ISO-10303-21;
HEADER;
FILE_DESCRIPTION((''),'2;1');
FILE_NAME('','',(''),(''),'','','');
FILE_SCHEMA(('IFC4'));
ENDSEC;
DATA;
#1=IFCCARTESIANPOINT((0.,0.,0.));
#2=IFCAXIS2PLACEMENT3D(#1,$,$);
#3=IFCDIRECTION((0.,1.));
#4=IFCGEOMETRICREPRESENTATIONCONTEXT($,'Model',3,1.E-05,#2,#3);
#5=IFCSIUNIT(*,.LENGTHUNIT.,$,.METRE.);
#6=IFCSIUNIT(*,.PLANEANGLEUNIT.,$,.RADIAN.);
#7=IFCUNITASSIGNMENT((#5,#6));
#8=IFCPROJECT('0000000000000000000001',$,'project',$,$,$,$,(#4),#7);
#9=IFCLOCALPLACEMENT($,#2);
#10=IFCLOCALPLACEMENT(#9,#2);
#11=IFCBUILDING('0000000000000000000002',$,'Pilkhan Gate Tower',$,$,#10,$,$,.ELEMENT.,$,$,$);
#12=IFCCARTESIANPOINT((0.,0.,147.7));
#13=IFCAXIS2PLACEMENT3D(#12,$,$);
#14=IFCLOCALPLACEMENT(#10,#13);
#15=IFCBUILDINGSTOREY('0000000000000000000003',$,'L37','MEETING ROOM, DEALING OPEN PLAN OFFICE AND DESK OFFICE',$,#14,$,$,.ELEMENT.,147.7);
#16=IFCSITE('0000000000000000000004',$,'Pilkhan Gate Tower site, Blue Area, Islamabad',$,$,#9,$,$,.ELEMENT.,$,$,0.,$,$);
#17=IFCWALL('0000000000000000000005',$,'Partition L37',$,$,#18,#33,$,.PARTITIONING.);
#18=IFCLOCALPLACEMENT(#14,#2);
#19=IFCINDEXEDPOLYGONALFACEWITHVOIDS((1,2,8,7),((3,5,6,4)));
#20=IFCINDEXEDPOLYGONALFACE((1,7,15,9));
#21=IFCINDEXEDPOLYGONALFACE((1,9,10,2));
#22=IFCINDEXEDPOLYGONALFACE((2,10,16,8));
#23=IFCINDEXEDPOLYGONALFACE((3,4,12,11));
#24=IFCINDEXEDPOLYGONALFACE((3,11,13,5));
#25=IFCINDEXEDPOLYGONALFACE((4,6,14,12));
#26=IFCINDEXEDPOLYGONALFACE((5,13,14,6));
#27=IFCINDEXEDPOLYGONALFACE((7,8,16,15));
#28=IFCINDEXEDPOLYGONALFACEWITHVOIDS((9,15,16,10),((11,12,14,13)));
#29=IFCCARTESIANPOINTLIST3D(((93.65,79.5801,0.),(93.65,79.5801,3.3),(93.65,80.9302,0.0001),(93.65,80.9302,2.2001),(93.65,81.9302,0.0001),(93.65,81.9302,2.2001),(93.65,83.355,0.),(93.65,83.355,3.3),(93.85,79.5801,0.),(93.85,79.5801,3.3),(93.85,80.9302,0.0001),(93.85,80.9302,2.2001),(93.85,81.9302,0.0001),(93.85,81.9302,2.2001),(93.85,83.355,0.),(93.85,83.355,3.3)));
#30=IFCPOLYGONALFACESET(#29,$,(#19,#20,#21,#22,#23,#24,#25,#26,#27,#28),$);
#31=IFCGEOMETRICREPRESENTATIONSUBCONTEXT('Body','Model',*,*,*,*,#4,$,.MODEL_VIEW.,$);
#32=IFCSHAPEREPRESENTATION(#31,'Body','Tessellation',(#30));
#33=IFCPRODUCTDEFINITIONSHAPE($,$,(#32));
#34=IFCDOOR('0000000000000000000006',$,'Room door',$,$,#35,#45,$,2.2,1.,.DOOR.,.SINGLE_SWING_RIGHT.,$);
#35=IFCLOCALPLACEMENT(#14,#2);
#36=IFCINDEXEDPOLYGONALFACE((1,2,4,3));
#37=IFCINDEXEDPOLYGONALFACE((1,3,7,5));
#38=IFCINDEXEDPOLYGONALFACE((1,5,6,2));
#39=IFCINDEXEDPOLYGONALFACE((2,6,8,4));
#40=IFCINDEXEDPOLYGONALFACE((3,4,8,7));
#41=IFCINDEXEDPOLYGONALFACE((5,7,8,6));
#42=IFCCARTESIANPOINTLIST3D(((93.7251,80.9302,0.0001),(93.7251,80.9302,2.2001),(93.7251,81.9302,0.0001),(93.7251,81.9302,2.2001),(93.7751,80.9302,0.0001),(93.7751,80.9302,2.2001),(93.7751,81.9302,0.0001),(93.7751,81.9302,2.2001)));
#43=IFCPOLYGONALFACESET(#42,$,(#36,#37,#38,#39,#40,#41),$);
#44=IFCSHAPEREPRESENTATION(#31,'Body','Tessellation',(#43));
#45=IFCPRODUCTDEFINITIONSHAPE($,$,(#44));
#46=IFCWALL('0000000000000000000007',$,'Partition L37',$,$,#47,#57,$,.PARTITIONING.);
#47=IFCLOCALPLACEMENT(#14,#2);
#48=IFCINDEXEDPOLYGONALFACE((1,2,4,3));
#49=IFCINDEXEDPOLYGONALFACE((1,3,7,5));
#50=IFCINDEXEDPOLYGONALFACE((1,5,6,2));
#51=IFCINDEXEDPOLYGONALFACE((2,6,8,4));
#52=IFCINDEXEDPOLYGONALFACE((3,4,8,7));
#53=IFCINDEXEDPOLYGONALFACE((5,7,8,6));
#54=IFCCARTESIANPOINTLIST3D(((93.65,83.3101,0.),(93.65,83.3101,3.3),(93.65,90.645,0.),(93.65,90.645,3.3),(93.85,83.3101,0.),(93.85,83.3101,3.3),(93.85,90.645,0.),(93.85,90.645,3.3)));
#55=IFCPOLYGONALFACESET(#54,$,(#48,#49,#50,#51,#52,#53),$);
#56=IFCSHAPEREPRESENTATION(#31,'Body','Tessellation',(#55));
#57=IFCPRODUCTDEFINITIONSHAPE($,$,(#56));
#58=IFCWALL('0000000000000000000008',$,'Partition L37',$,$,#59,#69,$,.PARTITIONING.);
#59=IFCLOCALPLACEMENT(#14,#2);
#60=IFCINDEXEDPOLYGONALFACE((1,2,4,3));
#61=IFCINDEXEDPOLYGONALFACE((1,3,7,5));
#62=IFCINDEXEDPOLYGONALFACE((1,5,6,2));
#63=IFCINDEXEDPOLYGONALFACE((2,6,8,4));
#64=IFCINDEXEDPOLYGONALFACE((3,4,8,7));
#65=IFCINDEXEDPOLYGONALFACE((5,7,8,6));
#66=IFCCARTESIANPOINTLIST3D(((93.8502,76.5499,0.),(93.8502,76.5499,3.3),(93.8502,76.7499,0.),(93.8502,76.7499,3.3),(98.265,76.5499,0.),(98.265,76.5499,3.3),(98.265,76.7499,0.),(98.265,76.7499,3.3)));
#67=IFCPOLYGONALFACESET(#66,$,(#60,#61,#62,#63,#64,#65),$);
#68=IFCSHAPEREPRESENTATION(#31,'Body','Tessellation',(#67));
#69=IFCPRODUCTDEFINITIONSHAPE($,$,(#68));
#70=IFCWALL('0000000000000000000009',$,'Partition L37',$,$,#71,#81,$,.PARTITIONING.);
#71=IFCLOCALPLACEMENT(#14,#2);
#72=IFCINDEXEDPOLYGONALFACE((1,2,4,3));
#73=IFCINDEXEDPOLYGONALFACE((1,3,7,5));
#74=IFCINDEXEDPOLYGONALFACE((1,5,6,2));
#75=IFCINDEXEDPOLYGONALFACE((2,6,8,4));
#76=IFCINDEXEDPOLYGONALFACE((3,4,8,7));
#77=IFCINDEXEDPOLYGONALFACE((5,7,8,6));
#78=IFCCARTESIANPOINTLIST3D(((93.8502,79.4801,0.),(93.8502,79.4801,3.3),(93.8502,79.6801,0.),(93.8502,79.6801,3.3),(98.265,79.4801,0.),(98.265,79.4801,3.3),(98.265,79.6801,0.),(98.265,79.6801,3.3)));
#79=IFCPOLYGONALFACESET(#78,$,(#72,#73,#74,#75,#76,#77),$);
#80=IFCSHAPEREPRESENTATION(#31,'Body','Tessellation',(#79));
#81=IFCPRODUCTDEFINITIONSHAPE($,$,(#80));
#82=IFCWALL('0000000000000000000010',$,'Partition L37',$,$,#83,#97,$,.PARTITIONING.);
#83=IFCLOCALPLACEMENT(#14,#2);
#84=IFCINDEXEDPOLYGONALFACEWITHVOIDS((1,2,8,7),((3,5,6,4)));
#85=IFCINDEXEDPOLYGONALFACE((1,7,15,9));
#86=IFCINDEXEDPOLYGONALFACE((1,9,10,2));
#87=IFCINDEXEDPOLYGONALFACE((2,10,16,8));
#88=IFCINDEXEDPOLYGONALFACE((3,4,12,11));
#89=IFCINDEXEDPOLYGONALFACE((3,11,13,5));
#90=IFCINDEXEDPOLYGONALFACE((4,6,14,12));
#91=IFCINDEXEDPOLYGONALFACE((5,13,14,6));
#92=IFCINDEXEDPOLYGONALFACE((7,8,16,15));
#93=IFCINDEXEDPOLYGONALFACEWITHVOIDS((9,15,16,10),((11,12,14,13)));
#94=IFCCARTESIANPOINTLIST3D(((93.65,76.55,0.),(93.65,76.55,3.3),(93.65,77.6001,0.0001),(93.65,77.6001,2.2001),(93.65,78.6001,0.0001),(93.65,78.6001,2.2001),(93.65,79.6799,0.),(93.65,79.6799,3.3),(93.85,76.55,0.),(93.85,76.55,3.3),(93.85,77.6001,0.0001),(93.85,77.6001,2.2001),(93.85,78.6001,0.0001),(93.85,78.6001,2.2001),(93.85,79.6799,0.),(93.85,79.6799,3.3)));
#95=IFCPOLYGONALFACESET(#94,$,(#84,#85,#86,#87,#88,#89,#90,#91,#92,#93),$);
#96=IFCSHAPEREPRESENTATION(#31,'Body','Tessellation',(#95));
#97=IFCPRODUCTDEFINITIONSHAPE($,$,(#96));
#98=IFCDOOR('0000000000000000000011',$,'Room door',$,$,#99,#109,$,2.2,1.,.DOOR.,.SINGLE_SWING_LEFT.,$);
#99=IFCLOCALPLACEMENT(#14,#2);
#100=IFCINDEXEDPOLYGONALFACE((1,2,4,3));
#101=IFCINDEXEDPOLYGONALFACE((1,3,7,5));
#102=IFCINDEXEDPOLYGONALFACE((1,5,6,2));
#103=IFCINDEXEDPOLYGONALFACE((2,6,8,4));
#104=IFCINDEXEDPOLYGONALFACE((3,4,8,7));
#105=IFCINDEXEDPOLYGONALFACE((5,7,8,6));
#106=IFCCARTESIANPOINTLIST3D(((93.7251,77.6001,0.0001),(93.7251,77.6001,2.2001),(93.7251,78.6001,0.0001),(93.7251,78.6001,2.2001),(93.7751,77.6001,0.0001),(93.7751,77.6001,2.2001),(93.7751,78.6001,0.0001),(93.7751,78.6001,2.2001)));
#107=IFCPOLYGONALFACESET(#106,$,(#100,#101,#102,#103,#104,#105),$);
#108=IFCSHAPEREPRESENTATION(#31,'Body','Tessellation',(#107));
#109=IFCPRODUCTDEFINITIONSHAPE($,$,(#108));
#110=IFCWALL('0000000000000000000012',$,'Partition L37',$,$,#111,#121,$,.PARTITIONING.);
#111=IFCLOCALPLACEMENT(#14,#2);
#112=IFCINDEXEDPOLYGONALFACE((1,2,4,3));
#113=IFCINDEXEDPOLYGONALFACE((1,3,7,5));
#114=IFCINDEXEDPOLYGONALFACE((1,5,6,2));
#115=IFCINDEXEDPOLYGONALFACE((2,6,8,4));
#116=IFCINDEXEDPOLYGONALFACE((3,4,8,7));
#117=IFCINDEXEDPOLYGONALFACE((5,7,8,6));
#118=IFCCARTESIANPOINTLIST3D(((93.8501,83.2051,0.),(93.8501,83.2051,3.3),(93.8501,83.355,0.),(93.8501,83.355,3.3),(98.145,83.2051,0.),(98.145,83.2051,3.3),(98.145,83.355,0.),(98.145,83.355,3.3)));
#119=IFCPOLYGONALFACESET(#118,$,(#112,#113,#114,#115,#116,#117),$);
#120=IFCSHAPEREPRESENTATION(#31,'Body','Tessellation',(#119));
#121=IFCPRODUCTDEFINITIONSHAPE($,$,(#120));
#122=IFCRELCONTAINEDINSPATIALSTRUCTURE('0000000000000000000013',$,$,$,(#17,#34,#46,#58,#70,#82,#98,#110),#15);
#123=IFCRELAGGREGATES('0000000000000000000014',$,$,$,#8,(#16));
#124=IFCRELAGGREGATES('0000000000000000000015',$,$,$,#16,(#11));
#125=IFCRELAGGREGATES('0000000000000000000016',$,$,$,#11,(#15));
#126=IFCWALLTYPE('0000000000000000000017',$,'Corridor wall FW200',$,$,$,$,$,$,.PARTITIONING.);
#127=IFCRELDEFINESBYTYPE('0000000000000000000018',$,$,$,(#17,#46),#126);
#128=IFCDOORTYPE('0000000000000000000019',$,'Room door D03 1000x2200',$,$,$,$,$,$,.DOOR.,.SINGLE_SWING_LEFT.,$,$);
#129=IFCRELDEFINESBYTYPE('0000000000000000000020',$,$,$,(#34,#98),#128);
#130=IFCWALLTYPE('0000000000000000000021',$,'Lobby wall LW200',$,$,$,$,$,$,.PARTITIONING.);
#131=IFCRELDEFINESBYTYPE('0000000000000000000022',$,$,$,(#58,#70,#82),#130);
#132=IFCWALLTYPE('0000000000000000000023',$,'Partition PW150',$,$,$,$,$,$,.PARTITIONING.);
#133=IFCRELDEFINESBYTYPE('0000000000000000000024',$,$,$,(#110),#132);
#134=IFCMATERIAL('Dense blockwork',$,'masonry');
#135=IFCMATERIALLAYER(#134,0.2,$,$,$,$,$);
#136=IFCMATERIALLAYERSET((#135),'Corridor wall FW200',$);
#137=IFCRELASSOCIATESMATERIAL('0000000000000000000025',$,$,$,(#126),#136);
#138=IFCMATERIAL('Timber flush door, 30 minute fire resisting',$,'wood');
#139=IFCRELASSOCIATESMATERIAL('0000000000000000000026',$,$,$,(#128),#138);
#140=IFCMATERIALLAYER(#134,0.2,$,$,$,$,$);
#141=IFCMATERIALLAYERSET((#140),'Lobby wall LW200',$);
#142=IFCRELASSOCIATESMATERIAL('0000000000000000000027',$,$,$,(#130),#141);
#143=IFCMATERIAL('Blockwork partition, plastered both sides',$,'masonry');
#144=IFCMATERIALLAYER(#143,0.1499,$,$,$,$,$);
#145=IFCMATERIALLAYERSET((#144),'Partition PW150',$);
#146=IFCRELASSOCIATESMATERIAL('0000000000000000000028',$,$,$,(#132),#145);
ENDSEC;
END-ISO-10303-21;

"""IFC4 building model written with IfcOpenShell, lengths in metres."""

from ifc_helpers import new_model, si_unit, direction, frame, frame_2d, origin, place, context, subcontext, project, spatial, rectangle, extrude, material, layer, layer_set, type_object, element, fill, save


model = new_model("IFC4")

# Units and contexts
model_context = context("Model", 3, precision=1e-05, world=origin(), true_north=direction((0.0, 1.0)))
body_context = subcontext(model_context, "Body", "Model", "MODEL_VIEW")
ifc_project = project(units=[si_unit("LENGTHUNIT", "METRE"), si_unit("PLANEANGLEUNIT", "RADIAN")], contexts=[model_context])

# Site, building, storey
site_placement = place(None, origin())
site = spatial("IfcSite", under=ifc_project, at=site_placement, Name="Pilkhan Gate Tower site, Blue Area, Islamabad", CompositionType="ELEMENT", RefElevation=0.0)
building_placement = place(site_placement, origin())
building = spatial("IfcBuilding", under=site, at=building_placement, Name="Pilkhan Gate Tower", CompositionType="ELEMENT")
storey_placement = place(building_placement, frame((0.0, 0.0, 147.7)))
storey = spatial("IfcBuildingStorey", under=building, at=storey_placement, Name="L37", Description="MEETING ROOM, DEALING OPEN PLAN OFFICE AND DESK OFFICE", CompositionType="ELEMENT", Elevation=147.7)

# Shared definitions
ifc_material_1 = material(Name="Dense blockwork", Category="masonry")
ifc_layer_1 = layer(ifc_material_1, 0.2)
ifc_layer_set_1 = layer_set([ifc_layer_1], Name="Corridor wall FW200")
wall_type_1 = type_object("IfcWallType", Name="Corridor wall FW200", PredefinedType="PARTITIONING", material=ifc_layer_set_1)

# Wall, opening, door
wall_1_placement = place(storey_placement, frame((93.75, 79.5801, 0.0), z_axis=(0.0, 0.0, 1.0), x_axis=(0.0, 1.0, 0.0)))
wall_1 = element("IfcWall", 1, at=wall_1_placement, inside=storey, type_object=wall_type_1, Name="Partition L37", PredefinedType="PARTITIONING", context=body_context, shape_type="SweptSolid", body=[
    extrude(rectangle(XDim=3.7749, YDim=0.2, at=frame_2d((1.8875, 0.0))), origin(), (0.0, 0.0, 1.0), 3.3),
])
opening_1_placement = place(wall_1_placement, frame((1.3501, 0.0, 0.0)))
opening_1 = element("IfcOpeningElement", 2, at=opening_1_placement, cuts=wall_1, PredefinedType="OPENING", context=body_context, shape_type="SweptSolid", body=[
    extrude(rectangle(XDim=1.0, YDim=2.2, at=frame_2d((0.5, 1.1001))), frame((0.0, 0.1099, 0.0), z_axis=(0.0, -1.0, 0.0), x_axis=(1.0, 0.0, 0.0)), (0.0, 0.0, 1.0), 0.22),
])
ifc_material_2 = material(Name="Timber flush door, 30 minute fire resisting", Category="wood")
door_type = type_object("IfcDoorType", Name="Room door D03 1000x2200", OperationType="SINGLE_SWING_LEFT", PredefinedType="DOOR", material=ifc_material_2)
door_1_placement = place(opening_1_placement, origin())
door_1 = element("IfcDoor", 3, at=door_1_placement, inside=storey, type_object=door_type, Name="Room door", OperationType="SINGLE_SWING_RIGHT", OverallHeight=2.2, OverallWidth=1.0, PredefinedType="DOOR", context=body_context, shape_type="SweptSolid", body=[
    extrude(rectangle(XDim=1.0, YDim=2.2, at=frame_2d((0.5, 1.1001))), frame((0.0, 0.0249, 0.0), z_axis=(0.0, -1.0, 0.0), x_axis=(1.0, 0.0, 0.0)), (0.0, 0.0, 1.0), 0.05),
])
fill(opening_1, door_1)

# Walls
wall_2_placement = place(storey_placement, frame((93.75, 83.3101, 0.0), z_axis=(0.0, 0.0, 1.0), x_axis=(0.0, 1.0, 0.0)))
element("IfcWall", 4, at=wall_2_placement, inside=storey, type_object=wall_type_1, Name="Partition L37", PredefinedType="PARTITIONING", context=body_context, shape_type="SweptSolid", body=[
    extrude(rectangle(XDim=7.335, YDim=0.2, at=frame_2d((3.6675, 0.0))), origin(), (0.0, 0.0, 1.0), 3.3),
])
ifc_layer_2 = layer(ifc_material_1, 0.2)
ifc_layer_set_2 = layer_set([ifc_layer_2], Name="Lobby wall LW200")
wall_type_2 = type_object("IfcWallType", Name="Lobby wall LW200", PredefinedType="PARTITIONING", material=ifc_layer_set_2)
for number, where, z_axis, x_axis, name in (
    (5, (93.8501, 76.6499, 0.0), (0.0, 0.0, 1.0), (1.0, 0.0, 0.0), "Partition L37"),
    (6, (93.8501, 79.5801, 0.0), (0.0, 0.0, 1.0), (1.0, 0.0, 0.0), "Partition L37"),
):
    element("IfcWall", number, at=place(storey_placement, frame(where, z_axis=z_axis, x_axis=x_axis)), inside=storey, type_object=wall_type_2, Name=name, PredefinedType="PARTITIONING", context=body_context, shape_type="SweptSolid", body=[
        extrude(rectangle(XDim=4.4148, YDim=0.2, at=frame_2d((2.2075, 0.0))), origin(), (0.0, 0.0, 1.0), 3.3),
    ])

# Wall, opening, door
wall_3_placement = place(storey_placement, frame((93.75, 76.55, 0.0), z_axis=(0.0, 0.0, 1.0), x_axis=(0.0, 1.0, 0.0)))
wall_3 = element("IfcWall", 7, at=wall_3_placement, inside=storey, type_object=wall_type_2, Name="Partition L37", PredefinedType="PARTITIONING", context=body_context, shape_type="SweptSolid", body=[
    extrude(rectangle(XDim=3.1299, YDim=0.2, at=frame_2d((1.5649, 0.0))), origin(), (0.0, 0.0, 1.0), 3.3),
])
opening_2_placement = place(wall_3_placement, frame((1.05, 0.0, 0.0)))
opening_2 = element("IfcOpeningElement", 8, at=opening_2_placement, cuts=wall_3, PredefinedType="OPENING", context=body_context, shape_type="SweptSolid", body=[
    extrude(rectangle(XDim=1.0, YDim=2.2, at=frame_2d((0.5, 1.1001))), frame((0.0, 0.1099, 0.0), z_axis=(0.0, -1.0, 0.0), x_axis=(1.0, 0.0, 0.0)), (0.0, 0.0, 1.0), 0.22),
])
door_2_placement = place(opening_2_placement, origin())
door_2 = element("IfcDoor", 9, at=door_2_placement, inside=storey, type_object=door_type, Name="Room door", OperationType="SINGLE_SWING_LEFT", OverallHeight=2.2, OverallWidth=1.0, PredefinedType="DOOR", context=body_context, shape_type="SweptSolid", body=[
    extrude(rectangle(XDim=1.0, YDim=2.2, at=frame_2d((0.5, 1.1001))), frame((0.0, 0.0249, 0.0), z_axis=(0.0, -1.0, 0.0), x_axis=(1.0, 0.0, 0.0)), (0.0, 0.0, 1.0), 0.05),
])
fill(opening_2, door_2)

# Wall
ifc_material_3 = material(Name="Blockwork partition, plastered both sides", Category="masonry")
ifc_layer_3 = layer(ifc_material_3, 0.1499)
ifc_layer_set_3 = layer_set([ifc_layer_3], Name="Partition PW150")
wall_type_3 = type_object("IfcWallType", Name="Partition PW150", PredefinedType="PARTITIONING", material=ifc_layer_set_3)
wall_4_placement = place(storey_placement, frame((93.8501, 83.28, 0.0), z_axis=(0.0, 0.0, 1.0), x_axis=(1.0, 0.0, 0.0)))
element("IfcWall", 10, at=wall_4_placement, inside=storey, type_object=wall_type_3, Name="Partition L37", PredefinedType="PARTITIONING", context=body_context, shape_type="SweptSolid", body=[
    extrude(rectangle(XDim=4.2949, YDim=0.1499, at=frame_2d((2.1475, 0.0))), origin(), (0.0, 0.0, 1.0), 3.3),
])

save(model, "model.ifc")
